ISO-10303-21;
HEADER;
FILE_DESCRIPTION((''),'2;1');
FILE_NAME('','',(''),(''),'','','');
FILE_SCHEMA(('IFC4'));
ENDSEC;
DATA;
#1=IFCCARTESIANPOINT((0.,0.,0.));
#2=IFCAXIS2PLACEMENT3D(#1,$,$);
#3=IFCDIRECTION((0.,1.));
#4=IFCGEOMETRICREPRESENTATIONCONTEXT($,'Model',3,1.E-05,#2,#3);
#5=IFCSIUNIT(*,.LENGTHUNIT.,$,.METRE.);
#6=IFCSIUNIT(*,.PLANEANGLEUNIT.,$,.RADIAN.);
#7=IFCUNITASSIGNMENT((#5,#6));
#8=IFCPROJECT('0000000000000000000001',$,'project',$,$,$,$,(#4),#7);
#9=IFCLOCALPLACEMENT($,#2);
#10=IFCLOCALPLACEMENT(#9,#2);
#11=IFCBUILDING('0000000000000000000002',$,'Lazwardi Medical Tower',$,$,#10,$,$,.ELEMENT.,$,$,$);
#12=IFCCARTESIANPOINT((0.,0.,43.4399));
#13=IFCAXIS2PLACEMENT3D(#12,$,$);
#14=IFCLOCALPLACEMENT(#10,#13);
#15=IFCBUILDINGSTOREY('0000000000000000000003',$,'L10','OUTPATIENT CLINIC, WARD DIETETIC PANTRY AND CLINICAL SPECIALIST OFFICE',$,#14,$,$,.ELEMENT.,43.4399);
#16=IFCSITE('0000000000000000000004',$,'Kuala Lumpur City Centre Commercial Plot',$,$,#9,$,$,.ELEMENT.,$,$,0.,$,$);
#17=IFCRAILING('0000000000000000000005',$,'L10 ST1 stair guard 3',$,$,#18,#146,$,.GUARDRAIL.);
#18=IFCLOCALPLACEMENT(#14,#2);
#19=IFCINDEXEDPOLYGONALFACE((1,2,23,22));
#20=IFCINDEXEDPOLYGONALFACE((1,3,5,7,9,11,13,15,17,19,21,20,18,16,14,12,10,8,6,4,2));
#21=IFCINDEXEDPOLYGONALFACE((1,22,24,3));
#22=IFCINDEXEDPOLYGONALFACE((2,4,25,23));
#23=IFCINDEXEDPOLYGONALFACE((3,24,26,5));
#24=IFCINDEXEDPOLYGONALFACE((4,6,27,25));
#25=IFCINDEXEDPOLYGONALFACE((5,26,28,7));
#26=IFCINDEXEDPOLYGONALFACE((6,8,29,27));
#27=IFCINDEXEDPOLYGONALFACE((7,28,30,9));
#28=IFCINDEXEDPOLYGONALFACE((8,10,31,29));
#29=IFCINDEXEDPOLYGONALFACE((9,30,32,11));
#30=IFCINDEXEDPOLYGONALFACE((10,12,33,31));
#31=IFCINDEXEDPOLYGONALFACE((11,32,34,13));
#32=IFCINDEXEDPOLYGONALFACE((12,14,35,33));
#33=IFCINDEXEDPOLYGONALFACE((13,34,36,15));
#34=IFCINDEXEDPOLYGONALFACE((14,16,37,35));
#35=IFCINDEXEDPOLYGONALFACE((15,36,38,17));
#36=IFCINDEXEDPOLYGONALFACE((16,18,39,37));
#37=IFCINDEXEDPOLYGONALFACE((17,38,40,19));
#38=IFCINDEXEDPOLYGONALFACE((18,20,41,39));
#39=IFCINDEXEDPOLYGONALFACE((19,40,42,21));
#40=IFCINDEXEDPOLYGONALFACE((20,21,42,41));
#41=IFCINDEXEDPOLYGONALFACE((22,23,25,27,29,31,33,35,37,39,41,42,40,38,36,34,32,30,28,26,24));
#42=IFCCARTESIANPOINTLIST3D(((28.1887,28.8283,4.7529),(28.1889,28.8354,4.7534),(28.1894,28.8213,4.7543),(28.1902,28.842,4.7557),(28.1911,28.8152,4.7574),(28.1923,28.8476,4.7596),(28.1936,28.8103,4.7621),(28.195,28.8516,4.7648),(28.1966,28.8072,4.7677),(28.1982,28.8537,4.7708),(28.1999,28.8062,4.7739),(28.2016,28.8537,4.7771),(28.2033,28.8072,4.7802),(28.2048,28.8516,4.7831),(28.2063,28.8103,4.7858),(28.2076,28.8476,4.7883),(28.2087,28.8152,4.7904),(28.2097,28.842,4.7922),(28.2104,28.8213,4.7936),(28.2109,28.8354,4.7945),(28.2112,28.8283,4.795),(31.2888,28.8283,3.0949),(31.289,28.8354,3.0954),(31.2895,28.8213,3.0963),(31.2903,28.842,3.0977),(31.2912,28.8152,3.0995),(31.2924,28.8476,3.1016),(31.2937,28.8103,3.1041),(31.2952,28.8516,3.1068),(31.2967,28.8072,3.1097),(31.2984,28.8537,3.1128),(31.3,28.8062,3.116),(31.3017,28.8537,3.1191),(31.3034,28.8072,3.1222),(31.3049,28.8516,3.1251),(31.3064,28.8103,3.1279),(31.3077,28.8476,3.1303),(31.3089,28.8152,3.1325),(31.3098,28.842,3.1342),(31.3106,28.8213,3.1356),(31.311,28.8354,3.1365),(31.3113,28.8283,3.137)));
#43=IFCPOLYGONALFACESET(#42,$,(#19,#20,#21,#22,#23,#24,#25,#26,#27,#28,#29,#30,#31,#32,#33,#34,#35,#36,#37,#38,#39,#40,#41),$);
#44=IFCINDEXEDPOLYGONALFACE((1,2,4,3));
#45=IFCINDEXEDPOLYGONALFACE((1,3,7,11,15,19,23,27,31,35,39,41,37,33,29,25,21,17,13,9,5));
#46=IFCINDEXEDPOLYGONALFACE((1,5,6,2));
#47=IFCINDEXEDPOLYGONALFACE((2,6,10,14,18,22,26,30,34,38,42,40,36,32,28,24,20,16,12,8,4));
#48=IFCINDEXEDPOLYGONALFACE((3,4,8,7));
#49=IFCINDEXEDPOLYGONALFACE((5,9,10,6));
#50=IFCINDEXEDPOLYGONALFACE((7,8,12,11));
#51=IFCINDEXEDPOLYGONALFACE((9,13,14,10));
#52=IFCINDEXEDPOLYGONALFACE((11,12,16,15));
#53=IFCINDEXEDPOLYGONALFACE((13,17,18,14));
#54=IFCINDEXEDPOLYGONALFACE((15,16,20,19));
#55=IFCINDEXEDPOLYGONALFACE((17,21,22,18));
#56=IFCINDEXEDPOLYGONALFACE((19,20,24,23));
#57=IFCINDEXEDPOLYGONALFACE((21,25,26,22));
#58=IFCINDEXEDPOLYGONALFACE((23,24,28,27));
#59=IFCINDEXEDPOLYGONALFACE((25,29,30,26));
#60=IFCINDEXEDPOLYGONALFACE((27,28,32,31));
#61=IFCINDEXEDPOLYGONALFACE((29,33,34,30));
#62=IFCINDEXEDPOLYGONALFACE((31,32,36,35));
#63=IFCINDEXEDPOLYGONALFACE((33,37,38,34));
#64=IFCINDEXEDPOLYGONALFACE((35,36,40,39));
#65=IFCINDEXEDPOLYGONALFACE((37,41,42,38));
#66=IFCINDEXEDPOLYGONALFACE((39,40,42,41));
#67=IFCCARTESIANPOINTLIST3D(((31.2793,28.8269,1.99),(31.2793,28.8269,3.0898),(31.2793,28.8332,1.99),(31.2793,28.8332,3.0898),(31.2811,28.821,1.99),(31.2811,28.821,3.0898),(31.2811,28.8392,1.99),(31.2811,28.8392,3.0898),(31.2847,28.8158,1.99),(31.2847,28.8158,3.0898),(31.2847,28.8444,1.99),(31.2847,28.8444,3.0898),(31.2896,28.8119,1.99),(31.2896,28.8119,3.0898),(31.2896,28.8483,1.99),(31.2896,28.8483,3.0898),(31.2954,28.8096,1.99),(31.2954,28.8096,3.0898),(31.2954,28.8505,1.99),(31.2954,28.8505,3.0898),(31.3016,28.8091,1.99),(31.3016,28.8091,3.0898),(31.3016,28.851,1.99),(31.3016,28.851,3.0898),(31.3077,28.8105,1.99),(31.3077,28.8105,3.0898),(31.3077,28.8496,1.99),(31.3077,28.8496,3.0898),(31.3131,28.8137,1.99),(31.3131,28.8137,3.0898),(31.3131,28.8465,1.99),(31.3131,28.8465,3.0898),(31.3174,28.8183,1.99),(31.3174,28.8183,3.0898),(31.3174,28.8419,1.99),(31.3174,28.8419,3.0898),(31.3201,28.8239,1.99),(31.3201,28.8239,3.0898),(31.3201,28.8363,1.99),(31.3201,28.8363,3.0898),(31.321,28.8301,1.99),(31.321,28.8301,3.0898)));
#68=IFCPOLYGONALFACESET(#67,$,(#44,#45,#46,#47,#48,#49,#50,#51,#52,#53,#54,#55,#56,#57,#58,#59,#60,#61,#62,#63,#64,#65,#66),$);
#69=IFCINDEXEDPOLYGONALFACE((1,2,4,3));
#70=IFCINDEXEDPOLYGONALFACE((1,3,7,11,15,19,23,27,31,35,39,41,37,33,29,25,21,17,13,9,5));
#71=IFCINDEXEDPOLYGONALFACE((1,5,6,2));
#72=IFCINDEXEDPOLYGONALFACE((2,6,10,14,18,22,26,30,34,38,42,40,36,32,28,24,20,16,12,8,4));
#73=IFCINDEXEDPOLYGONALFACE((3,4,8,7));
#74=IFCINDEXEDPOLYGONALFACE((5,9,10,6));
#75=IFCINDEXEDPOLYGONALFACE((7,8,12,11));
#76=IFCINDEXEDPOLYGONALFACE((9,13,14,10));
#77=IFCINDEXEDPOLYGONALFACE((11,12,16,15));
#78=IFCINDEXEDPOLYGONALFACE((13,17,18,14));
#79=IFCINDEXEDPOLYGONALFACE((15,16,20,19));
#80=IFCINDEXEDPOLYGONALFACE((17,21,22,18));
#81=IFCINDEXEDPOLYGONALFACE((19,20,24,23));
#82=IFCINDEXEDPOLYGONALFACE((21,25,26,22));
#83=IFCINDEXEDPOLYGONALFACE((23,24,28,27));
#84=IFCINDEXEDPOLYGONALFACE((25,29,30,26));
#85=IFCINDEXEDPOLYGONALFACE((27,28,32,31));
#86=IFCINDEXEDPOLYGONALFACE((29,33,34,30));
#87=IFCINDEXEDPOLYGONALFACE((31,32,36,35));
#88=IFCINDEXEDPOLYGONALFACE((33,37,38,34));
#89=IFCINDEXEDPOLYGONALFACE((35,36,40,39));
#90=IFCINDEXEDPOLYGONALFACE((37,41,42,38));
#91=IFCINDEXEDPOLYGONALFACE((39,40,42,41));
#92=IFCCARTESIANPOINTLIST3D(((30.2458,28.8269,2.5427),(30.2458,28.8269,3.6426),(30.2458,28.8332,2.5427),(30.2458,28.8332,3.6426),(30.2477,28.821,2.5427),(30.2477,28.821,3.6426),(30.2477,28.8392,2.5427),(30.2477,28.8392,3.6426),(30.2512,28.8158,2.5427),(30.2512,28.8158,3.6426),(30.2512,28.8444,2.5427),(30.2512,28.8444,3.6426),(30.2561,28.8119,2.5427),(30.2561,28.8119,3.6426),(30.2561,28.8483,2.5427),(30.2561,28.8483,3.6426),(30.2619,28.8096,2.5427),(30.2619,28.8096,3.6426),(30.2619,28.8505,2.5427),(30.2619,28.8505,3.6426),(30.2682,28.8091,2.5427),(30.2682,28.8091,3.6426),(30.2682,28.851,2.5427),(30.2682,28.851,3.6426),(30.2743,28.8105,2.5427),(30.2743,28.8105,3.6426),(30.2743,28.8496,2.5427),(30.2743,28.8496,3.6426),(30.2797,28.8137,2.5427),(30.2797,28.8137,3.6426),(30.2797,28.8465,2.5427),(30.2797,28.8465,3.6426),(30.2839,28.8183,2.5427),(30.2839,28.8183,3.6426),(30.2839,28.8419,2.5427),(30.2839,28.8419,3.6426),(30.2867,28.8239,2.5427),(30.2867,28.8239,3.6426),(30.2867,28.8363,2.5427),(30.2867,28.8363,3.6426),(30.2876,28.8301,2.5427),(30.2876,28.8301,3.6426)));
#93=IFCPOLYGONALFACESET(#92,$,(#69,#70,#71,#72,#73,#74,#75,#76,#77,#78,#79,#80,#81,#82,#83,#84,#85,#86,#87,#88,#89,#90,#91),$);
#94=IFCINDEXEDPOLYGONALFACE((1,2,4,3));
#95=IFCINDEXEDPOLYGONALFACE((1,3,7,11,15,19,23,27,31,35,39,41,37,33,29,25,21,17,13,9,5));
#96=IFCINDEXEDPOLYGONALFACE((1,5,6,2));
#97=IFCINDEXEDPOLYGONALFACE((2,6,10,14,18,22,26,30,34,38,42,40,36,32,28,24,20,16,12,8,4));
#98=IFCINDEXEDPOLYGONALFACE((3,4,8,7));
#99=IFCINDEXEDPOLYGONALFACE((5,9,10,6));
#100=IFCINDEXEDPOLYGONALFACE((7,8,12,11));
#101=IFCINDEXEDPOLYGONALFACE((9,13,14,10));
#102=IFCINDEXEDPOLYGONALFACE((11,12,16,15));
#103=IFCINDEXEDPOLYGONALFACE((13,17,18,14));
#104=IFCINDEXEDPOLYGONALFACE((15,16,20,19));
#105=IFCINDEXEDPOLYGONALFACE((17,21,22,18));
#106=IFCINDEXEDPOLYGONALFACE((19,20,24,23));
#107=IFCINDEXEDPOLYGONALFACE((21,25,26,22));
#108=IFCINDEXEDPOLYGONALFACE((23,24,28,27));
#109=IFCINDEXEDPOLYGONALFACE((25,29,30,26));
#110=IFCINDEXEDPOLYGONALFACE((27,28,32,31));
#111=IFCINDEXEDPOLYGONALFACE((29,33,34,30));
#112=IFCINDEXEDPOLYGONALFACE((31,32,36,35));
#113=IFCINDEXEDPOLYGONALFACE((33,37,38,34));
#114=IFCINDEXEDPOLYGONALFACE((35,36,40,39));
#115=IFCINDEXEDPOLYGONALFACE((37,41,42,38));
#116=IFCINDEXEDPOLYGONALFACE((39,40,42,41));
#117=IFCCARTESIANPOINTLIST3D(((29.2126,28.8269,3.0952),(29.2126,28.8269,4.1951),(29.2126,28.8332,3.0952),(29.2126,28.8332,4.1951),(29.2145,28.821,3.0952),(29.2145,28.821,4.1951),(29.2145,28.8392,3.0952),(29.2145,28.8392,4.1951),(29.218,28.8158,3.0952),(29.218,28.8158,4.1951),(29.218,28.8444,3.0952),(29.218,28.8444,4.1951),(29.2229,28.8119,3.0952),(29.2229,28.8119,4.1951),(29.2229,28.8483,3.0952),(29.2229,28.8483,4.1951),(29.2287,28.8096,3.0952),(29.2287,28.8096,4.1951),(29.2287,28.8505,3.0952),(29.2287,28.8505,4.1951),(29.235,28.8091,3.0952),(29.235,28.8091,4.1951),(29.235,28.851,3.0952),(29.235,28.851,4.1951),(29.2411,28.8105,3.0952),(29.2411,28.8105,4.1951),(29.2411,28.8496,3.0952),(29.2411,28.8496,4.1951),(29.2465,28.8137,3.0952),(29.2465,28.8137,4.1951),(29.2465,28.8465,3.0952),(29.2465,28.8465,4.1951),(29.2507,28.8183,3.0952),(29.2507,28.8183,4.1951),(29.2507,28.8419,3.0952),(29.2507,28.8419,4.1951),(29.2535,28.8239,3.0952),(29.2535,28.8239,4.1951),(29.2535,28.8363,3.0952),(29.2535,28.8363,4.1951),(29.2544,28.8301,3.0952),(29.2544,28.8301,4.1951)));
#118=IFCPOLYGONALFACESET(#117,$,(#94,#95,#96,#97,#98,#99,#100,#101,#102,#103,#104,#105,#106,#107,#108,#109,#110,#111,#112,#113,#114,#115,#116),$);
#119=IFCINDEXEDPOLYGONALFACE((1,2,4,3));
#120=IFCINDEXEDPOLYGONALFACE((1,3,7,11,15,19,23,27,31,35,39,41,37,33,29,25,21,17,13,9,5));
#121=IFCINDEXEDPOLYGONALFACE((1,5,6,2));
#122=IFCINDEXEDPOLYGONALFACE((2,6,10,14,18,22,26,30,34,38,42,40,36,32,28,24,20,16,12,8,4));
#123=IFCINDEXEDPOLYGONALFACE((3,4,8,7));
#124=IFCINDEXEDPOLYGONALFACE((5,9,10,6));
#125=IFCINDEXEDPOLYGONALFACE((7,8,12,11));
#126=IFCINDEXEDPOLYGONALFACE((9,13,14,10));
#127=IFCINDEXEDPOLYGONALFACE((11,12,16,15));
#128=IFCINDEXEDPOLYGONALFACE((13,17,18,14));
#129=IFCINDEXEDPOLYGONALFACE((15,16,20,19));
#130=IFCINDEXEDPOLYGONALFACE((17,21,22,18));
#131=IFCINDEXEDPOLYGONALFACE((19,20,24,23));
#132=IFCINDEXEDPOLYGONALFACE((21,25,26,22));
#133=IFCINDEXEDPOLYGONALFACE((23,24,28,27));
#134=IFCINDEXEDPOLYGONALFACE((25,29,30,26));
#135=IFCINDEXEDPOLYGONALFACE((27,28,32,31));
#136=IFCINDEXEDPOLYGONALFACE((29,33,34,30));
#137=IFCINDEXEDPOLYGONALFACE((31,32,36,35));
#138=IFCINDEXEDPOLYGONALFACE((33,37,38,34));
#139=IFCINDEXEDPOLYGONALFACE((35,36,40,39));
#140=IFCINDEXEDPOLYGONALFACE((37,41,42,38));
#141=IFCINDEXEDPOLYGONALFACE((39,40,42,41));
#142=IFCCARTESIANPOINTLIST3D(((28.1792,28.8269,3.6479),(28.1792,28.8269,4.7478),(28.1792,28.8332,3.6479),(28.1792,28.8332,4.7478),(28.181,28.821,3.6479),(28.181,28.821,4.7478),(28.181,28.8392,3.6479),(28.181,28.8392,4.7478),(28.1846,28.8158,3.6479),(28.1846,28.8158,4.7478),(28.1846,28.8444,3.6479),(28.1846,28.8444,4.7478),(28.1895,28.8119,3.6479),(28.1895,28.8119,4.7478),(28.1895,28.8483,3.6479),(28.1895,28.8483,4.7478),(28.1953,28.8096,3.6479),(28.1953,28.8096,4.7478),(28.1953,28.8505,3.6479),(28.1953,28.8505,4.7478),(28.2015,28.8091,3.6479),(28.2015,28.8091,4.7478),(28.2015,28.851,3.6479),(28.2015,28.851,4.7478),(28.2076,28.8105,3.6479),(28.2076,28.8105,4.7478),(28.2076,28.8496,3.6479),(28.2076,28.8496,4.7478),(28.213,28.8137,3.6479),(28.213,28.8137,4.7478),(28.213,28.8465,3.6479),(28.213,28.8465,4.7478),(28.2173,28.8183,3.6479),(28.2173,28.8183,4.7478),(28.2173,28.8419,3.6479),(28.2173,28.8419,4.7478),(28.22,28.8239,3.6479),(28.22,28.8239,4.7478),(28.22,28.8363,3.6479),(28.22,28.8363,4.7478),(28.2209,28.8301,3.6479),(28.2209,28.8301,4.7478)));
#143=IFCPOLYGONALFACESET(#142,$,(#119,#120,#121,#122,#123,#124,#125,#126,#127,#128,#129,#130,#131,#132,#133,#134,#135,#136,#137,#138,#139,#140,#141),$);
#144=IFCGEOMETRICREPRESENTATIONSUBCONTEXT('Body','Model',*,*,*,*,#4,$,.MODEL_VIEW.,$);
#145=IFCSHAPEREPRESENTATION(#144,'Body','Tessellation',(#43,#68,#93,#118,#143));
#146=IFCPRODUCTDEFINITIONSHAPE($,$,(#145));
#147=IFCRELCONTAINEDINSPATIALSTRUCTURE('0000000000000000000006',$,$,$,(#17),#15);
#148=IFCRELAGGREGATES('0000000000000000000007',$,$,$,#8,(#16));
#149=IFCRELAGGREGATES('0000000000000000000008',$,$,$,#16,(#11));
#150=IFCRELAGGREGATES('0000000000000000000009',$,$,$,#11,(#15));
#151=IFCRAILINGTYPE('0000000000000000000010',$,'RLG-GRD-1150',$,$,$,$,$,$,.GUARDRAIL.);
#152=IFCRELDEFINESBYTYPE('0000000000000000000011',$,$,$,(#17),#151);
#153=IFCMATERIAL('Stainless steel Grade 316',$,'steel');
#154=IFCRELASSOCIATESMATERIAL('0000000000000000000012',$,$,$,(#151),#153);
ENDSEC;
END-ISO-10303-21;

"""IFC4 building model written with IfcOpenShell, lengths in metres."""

from ifc_helpers import new_model, si_unit, direction, frame, origin, origin_2d, place, context, subcontext, project, spatial, circle, extrude, material, type_object, element, save


model = new_model("IFC4")

# Units and contexts
model_context = context("Model", 3, precision=1e-05, world=origin(), true_north=direction((0.0, 1.0)))
body_context = subcontext(model_context, "Body", "Model", "MODEL_VIEW")
ifc_project = project(units=[si_unit("LENGTHUNIT", "METRE"), si_unit("PLANEANGLEUNIT", "RADIAN")], contexts=[model_context])

# Site, building, storey
site_placement = place(None, origin())
site = spatial("IfcSite", under=ifc_project, at=site_placement, Name="Kuala Lumpur City Centre Commercial Plot", CompositionType="ELEMENT", RefElevation=0.0)
building_placement = place(site_placement, origin())
building = spatial("IfcBuilding", under=site, at=building_placement, Name="Lazwardi Medical Tower", CompositionType="ELEMENT")
storey_placement = place(building_placement, frame((0.0, 0.0, 43.4399)))
storey = spatial("IfcBuildingStorey", under=building, at=storey_placement, Name="L10", Description="OUTPATIENT CLINIC, WARD DIETETIC PANTRY AND CLINICAL SPECIALIST OFFICE", CompositionType="ELEMENT", Elevation=43.4399)

# Railing
ifc_material_1 = material(Name="Stainless steel Grade 316", Category="steel")
railing_type_1 = type_object("IfcRailingType", Name="RLG-GRD-1150", PredefinedType="GUARDRAIL", material=ifc_material_1)
railing_1_placement = place(storey_placement, frame((31.3, 28.8301, 1.99)))
element("IfcRailing", 1, at=railing_1_placement, inside=storey, type_object=railing_type_1, Name="L10 ST1 stair guard 3", PredefinedType="GUARDRAIL", context=body_context, shape_type="SweptSolid", body=[
    extrude(circle(Radius=0.0239, at=origin_2d()), frame((0.0, 0.0, 1.126), z_axis=(-0.881812, 0.0, 0.471601), x_axis=(0.0, -1.0, 0.0)), (0.0, 0.0, 1.0), 3.5156),
    extrude(circle(Radius=0.021, at=origin_2d()), origin(), (0.0, 0.0, 1.0), 1.0999),
    extrude(circle(Radius=0.021, at=origin_2d()), frame((-1.0334, 0.0, 0.5527)), (0.0, 0.0, 1.0), 1.0999),
    extrude(circle(Radius=0.021, at=origin_2d()), frame((-2.0667, 0.0, 1.1052)), (0.0, 0.0, 1.0), 1.0999),
    extrude(circle(Radius=0.021, at=origin_2d()), frame((-3.1001, 0.0, 1.658)), (0.0, 0.0, 1.0), 1.0999),
])

save(model, "model.ifc")
